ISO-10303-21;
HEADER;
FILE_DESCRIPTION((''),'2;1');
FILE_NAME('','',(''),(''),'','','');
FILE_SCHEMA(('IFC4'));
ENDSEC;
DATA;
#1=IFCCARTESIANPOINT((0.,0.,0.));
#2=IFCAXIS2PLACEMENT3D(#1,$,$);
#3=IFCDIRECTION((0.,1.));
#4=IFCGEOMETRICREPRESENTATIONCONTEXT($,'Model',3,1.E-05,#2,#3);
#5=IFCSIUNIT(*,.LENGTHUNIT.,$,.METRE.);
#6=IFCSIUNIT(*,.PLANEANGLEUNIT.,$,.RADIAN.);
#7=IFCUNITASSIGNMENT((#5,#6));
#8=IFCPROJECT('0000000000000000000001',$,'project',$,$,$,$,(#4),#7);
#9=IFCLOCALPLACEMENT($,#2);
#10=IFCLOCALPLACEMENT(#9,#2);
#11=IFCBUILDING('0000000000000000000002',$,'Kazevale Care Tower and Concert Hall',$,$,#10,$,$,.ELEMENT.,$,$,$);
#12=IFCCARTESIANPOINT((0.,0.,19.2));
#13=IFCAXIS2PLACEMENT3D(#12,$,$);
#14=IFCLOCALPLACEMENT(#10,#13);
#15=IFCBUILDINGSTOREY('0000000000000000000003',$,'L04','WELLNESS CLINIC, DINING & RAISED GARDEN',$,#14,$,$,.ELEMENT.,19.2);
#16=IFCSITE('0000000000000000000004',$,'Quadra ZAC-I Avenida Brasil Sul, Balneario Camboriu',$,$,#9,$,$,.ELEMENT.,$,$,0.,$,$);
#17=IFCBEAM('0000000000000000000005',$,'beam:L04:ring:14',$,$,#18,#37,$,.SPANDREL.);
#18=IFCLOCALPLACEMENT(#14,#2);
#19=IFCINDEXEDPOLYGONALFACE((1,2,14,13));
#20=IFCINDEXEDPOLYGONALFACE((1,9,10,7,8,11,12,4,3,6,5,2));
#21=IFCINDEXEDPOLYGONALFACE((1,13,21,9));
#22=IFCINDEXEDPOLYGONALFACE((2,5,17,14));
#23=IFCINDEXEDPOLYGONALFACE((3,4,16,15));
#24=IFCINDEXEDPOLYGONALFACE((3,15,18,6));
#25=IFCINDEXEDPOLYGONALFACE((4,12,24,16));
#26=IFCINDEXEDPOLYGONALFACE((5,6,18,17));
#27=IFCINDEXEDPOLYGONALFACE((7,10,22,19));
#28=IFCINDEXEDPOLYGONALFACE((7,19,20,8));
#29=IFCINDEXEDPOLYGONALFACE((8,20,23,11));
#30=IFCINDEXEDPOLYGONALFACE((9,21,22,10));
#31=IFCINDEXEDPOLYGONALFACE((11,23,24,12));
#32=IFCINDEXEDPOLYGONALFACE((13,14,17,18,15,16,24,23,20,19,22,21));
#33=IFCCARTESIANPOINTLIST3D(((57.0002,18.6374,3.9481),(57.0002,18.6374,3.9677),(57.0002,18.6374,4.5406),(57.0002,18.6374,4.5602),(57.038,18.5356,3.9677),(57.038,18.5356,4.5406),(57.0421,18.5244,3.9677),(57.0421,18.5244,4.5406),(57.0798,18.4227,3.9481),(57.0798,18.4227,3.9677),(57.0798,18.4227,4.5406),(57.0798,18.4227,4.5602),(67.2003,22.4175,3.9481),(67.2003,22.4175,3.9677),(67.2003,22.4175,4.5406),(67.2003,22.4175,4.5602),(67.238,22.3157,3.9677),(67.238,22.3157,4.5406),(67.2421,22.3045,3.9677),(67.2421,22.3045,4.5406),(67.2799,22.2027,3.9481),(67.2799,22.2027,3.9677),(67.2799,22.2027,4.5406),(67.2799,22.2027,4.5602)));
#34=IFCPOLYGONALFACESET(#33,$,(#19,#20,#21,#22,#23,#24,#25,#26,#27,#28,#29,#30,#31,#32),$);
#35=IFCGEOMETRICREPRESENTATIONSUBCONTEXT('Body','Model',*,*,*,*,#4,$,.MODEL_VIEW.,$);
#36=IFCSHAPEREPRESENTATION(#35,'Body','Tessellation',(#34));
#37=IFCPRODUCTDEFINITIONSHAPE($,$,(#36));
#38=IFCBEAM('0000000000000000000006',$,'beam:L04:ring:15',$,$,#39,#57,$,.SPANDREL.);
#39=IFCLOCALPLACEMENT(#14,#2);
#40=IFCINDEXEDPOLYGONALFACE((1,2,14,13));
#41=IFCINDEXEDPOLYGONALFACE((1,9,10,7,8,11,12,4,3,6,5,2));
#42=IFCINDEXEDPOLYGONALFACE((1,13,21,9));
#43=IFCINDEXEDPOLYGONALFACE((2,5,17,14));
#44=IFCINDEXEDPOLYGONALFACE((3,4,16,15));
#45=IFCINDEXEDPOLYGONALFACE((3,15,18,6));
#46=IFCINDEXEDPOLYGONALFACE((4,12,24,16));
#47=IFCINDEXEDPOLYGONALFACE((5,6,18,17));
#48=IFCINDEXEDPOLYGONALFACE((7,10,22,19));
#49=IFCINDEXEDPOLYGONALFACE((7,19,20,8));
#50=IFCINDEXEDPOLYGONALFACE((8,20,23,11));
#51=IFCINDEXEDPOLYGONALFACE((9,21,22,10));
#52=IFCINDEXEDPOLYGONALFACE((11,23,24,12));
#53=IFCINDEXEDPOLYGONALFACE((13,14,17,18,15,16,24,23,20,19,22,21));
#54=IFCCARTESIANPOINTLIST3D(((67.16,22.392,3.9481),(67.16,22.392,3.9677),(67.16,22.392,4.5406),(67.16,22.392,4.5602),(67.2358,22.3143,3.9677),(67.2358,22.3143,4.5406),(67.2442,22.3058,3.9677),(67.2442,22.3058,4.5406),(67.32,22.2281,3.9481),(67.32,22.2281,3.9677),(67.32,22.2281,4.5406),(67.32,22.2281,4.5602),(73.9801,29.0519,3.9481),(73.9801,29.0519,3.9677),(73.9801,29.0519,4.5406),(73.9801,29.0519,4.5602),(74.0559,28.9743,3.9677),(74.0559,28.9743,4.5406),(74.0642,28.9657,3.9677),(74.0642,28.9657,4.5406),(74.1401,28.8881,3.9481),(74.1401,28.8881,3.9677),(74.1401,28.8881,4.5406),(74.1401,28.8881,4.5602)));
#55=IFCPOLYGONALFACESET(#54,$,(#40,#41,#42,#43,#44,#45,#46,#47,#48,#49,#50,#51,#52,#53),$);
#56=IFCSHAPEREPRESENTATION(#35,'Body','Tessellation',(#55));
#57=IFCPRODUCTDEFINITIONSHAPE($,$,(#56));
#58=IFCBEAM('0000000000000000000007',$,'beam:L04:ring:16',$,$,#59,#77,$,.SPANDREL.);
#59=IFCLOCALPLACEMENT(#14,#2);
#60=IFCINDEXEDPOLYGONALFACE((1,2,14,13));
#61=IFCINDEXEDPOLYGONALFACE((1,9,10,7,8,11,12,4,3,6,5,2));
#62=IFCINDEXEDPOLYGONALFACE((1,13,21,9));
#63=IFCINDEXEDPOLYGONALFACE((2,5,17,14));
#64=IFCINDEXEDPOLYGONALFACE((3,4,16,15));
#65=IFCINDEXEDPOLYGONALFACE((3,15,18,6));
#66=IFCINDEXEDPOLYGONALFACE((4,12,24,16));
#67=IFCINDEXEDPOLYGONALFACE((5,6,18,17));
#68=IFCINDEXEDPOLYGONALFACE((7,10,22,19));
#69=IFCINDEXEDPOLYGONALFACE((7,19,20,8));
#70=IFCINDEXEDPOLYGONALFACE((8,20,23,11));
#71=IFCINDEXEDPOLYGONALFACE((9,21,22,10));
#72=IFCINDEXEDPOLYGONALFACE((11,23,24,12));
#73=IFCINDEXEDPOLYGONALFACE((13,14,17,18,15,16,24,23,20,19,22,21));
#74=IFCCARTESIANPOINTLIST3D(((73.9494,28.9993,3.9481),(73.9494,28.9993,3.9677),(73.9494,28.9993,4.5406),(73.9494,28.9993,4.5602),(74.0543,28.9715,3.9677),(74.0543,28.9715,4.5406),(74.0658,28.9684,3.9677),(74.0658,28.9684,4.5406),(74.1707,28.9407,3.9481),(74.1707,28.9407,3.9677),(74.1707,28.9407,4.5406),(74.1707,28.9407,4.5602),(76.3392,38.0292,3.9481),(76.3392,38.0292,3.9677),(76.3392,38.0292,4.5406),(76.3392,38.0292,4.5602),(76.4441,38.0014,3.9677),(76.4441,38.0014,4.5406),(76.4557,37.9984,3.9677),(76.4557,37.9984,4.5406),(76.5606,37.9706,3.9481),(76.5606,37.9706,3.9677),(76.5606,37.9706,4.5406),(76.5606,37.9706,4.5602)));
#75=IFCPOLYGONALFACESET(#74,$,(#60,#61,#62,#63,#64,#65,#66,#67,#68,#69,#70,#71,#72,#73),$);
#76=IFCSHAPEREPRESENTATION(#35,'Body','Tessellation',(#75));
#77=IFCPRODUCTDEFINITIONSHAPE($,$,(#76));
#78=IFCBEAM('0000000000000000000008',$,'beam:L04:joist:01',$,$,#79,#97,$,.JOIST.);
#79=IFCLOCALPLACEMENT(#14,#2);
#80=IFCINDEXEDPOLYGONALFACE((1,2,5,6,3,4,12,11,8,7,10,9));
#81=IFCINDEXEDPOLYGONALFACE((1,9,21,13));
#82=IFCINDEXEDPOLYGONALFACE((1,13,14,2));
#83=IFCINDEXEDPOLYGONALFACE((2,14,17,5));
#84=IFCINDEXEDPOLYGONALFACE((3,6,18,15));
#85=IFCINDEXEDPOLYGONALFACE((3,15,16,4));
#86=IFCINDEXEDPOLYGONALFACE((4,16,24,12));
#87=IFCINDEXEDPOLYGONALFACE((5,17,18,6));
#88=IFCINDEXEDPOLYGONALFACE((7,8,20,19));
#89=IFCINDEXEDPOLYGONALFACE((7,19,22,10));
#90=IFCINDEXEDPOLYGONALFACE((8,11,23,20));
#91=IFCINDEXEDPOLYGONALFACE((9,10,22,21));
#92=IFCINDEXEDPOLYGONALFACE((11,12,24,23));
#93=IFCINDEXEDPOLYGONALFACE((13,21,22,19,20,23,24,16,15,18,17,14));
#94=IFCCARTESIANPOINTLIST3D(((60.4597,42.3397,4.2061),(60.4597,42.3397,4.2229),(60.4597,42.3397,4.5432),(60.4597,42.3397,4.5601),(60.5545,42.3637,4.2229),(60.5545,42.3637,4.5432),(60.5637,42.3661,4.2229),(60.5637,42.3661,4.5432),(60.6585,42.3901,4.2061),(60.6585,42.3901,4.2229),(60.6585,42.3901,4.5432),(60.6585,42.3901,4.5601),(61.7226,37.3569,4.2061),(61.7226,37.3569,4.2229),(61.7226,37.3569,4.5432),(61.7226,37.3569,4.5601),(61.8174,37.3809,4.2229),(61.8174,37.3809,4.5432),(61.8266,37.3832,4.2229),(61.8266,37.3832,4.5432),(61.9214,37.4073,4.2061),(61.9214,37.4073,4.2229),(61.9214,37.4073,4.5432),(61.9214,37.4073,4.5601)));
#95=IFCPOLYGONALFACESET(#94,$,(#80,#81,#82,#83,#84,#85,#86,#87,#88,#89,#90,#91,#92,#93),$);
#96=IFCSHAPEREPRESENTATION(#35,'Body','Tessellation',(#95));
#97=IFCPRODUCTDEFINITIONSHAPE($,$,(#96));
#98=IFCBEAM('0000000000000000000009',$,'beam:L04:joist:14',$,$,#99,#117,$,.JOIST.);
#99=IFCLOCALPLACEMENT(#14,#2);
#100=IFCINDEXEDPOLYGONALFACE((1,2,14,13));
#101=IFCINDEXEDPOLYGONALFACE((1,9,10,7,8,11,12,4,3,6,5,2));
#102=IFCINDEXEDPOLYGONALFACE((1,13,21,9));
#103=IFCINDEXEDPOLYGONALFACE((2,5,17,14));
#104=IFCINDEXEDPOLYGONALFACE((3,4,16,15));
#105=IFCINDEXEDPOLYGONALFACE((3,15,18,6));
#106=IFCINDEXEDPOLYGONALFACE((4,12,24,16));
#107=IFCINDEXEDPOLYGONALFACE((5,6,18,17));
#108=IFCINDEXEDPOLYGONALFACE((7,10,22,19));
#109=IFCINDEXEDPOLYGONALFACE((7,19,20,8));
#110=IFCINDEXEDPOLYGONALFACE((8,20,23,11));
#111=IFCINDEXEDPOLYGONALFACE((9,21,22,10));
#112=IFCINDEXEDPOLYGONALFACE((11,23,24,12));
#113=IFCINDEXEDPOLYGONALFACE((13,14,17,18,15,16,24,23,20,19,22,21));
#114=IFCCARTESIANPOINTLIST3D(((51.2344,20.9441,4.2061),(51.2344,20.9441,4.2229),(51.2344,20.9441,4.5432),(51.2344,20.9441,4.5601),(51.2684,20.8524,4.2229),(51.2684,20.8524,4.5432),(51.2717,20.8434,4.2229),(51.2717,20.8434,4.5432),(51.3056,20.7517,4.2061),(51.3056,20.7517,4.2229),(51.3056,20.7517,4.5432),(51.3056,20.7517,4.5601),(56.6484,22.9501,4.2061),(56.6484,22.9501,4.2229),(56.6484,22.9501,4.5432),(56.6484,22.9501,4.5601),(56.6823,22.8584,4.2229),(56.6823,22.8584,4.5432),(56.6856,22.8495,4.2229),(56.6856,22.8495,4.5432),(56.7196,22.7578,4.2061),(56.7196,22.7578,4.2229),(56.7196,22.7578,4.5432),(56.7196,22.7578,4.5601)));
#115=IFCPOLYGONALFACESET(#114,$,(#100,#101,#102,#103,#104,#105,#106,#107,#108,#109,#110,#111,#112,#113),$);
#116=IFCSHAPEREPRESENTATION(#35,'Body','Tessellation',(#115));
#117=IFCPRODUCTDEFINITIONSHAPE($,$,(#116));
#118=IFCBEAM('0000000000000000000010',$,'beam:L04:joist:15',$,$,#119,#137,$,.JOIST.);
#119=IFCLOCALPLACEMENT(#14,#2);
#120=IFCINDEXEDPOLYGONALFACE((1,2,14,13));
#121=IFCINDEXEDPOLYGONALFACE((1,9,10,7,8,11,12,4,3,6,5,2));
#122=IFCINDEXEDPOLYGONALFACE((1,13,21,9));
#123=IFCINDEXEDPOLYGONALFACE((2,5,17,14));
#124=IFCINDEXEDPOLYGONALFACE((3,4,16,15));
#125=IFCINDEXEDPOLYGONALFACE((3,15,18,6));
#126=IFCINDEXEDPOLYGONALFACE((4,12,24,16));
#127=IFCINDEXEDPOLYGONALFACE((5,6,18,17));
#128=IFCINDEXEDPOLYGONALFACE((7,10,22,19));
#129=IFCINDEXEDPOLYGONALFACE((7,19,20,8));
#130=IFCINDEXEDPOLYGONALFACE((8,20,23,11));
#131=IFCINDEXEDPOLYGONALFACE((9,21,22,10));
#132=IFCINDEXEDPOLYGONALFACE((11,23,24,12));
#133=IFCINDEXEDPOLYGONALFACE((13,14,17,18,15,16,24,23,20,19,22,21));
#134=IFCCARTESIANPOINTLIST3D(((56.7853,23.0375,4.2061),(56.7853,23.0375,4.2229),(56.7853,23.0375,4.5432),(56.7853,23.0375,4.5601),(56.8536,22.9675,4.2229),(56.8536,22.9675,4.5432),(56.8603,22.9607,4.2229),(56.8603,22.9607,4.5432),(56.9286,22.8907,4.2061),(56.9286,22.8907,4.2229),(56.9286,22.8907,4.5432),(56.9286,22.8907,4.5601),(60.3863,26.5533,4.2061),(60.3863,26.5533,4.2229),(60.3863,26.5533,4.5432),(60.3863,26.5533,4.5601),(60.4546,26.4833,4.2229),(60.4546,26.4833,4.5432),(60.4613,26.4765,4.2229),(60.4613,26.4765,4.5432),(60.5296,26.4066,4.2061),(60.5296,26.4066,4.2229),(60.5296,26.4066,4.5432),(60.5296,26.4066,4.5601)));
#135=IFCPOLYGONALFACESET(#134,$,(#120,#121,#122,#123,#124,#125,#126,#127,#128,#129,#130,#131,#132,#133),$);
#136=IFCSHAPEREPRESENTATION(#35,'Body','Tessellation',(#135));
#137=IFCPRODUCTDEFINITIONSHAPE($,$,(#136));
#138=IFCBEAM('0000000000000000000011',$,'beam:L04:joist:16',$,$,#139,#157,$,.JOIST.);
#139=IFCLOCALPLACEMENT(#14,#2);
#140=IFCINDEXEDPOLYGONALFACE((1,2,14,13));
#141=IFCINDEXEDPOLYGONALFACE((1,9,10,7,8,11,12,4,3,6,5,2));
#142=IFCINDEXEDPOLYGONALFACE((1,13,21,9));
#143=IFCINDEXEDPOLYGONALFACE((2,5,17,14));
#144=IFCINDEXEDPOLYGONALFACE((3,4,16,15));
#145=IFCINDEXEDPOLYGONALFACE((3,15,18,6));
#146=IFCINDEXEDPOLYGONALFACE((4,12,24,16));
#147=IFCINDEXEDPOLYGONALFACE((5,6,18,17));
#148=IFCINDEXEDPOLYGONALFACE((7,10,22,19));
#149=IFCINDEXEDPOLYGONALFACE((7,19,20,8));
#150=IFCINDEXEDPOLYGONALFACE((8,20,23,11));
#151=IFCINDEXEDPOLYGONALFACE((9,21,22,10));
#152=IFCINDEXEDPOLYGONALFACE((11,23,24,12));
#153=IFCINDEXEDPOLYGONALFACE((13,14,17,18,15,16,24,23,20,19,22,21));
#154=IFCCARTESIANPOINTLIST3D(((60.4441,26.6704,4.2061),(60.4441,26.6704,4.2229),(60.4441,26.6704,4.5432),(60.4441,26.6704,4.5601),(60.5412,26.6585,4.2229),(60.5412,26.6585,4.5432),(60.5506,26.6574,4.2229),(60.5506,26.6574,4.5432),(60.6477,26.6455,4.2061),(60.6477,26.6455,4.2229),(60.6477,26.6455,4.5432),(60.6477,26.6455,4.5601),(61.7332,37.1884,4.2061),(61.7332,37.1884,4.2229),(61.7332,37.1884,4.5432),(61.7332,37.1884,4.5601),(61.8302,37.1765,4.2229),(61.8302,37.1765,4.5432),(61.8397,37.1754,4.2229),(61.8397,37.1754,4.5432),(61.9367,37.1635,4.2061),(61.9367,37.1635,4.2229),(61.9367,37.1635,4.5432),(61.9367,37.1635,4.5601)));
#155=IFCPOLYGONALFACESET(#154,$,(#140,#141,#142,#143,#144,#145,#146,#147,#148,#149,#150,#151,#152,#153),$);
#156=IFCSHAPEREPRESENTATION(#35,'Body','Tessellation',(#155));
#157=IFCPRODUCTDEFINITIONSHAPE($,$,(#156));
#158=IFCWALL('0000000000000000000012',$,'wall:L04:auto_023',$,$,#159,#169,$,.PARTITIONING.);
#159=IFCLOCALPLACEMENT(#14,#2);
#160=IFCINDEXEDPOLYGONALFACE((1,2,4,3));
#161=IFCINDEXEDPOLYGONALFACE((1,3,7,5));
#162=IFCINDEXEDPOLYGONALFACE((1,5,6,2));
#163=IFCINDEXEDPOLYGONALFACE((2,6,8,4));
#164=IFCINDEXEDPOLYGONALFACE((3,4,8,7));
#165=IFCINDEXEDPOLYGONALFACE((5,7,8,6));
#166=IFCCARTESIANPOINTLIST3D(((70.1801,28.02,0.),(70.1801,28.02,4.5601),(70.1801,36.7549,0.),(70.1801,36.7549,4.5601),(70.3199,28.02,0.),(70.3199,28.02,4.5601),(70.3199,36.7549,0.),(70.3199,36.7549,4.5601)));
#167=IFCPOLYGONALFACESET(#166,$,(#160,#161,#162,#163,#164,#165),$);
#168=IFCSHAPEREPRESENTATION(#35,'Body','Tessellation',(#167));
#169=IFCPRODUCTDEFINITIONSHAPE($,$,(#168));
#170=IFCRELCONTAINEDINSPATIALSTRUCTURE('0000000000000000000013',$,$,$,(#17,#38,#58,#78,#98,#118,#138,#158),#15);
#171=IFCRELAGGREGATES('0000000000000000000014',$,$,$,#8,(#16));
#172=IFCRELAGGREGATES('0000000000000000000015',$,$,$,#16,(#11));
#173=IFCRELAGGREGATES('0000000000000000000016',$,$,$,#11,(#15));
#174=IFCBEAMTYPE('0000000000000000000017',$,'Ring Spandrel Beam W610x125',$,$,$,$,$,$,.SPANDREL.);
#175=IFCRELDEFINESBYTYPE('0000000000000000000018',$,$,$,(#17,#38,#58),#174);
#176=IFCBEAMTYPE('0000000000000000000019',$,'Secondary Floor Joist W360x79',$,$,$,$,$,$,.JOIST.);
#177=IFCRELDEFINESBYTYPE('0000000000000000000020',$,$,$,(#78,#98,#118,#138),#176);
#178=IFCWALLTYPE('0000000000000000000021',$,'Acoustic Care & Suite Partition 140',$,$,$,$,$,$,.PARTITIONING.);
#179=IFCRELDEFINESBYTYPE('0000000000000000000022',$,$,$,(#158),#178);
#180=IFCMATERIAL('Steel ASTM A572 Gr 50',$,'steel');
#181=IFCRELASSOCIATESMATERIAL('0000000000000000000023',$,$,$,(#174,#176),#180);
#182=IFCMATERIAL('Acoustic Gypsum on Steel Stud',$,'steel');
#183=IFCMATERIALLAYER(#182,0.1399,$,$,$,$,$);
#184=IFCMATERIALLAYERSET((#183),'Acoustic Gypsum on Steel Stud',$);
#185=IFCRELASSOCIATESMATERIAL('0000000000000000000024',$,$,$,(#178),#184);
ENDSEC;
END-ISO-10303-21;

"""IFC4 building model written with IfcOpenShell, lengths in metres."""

from ifc_helpers import new_model, si_unit, direction, frame, frame_2d, origin, origin_2d, place, context, subcontext, project, spatial, rectangle, i_section, extrude, material, layer, layer_set, material_profile, profile_set, type_object, element, save


model = new_model("IFC4")

# Units and contexts
model_context = context("Model", 3, precision=1e-05, world=origin(), true_north=direction((0.0, 1.0)))
body_context = subcontext(model_context, "Body", "Model", "MODEL_VIEW")
ifc_project = project(units=[si_unit("LENGTHUNIT", "METRE"), si_unit("PLANEANGLEUNIT", "RADIAN")], contexts=[model_context])

# Site, building, storey
site_placement = place(None, origin())
site = spatial("IfcSite", under=ifc_project, at=site_placement, Name="Quadra ZAC-I Avenida Brasil Sul, Balneario Camboriu", CompositionType="ELEMENT", RefElevation=0.0)
building_placement = place(site_placement, origin())
building = spatial("IfcBuilding", under=site, at=building_placement, Name="Kazevale Care Tower and Concert Hall", CompositionType="ELEMENT")
storey_placement = place(building_placement, frame((0.0, 0.0, 19.2)))
storey = spatial("IfcBuildingStorey", under=building, at=storey_placement, Name="L04", Description="WELLNESS CLINIC, DINING & RAISED GARDEN", CompositionType="ELEMENT", Elevation=19.2)

# Beams
ifc_material_1 = material(Name="Steel ASTM A572 Gr 50", Category="steel")
ifc_material_profile_1 = material_profile(ifc_material_1, i_section(OverallWidth=0.229, OverallDepth=0.6121, WebThickness=0.012, FlangeThickness=0.0195, at=origin_2d()), Name="W610x125")
ifc_profile_set_1 = profile_set([ifc_material_profile_1], Name="Steel ASTM A572 Gr 50")
beam_type_1 = type_object("IfcBeamType", Name="Ring Spandrel Beam W610x125", PredefinedType="SPANDREL", material=ifc_profile_set_1)
beam_1_placement = place(storey_placement, frame((57.04, 18.53, 4.2542), z_axis=(0.937681, 0.347498, 0.0), x_axis=(-0.347498, 0.937681, 0.0)))
element("IfcBeam", 1, at=beam_1_placement, inside=storey, type_object=beam_type_1, Name="beam:L04:ring:14", PredefinedType="SPANDREL", context=body_context, shape_type="SweptSolid", body=[
    extrude(i_section(OverallWidth=0.229, OverallDepth=0.6121, WebThickness=0.012, FlangeThickness=0.0195, at=origin_2d()), origin(), (0.0, 0.0, 1.0), 10.8779),
])
beam_2_placement = place(storey_placement, frame((67.24, 22.3101, 4.2542), z_axis=(0.715457, 0.698656, 0.0), x_axis=(-0.698656, 0.715457, 0.0)))
element("IfcBeam", 2, at=beam_2_placement, inside=storey, type_object=beam_type_1, Name="beam:L04:ring:15", PredefinedType="SPANDREL", context=body_context, shape_type="SweptSolid", body=[
    extrude(i_section(OverallWidth=0.229, OverallDepth=0.6121, WebThickness=0.012, FlangeThickness=0.0195, at=origin_2d()), origin(), (0.0, 0.0, 1.0), 9.5325),
])
beam_3_placement = place(storey_placement, frame((74.0601, 28.97, 4.2542), z_axis=(0.255852, 0.966716, 0.0), x_axis=(-0.966716, 0.255852, 0.0)))
element("IfcBeam", 3, at=beam_3_placement, inside=storey, type_object=beam_type_1, Name="beam:L04:ring:16", PredefinedType="SPANDREL", context=body_context, shape_type="SweptSolid", body=[
    extrude(i_section(OverallWidth=0.229, OverallDepth=0.6121, WebThickness=0.012, FlangeThickness=0.0195, at=origin_2d()), origin(), (0.0, 0.0, 1.0), 9.3408),
])
ifc_material_profile_2 = material_profile(ifc_material_1, i_section(OverallWidth=0.2051, OverallDepth=0.354, WebThickness=0.0095, FlangeThickness=0.0168, at=origin_2d()), Name="W360x79")
ifc_profile_set_2 = profile_set([ifc_material_profile_2], Name="Steel ASTM A572 Gr 50")
beam_type_2 = type_object("IfcBeamType", Name="Secondary Floor Joist W360x79", PredefinedType="JOIST", material=ifc_profile_set_2)
beam_4_placement = place(storey_placement, frame((61.822, 37.3821, 4.3831), z_axis=(-0.245686, 0.96935, 0.0), x_axis=(-0.96935, -0.245686, 0.0)))
element("IfcBeam", 4, at=beam_4_placement, inside=storey, type_object=beam_type_2, Name="beam:L04:joist:01", PredefinedType="JOIST", context=body_context, shape_type="SweptSolid", body=[
    extrude(i_section(OverallWidth=0.2051, OverallDepth=0.354, WebThickness=0.0095, FlangeThickness=0.0168, at=origin_2d()), origin(), (0.0, 0.0, 1.0), 5.1404),
])
beam_5_placement = place(storey_placement, frame((51.27, 20.8479, 4.3831), z_axis=(0.937698, 0.347451, 0.0), x_axis=(-0.347451, 0.937698, 0.0)))
element("IfcBeam", 5, at=beam_5_placement, inside=storey, type_object=beam_type_2, Name="beam:L04:joist:14", PredefinedType="JOIST", context=body_context, shape_type="SweptSolid", body=[
    extrude(i_section(OverallWidth=0.2051, OverallDepth=0.354, WebThickness=0.0095, FlangeThickness=0.0168, at=origin_2d()), origin(), (0.0, 0.0, 1.0), 5.7737),
])
beam_6_placement = place(storey_placement, frame((56.8569, 22.9641, 4.3831), z_axis=(0.715521, 0.698591, 0.0), x_axis=(-0.698591, 0.715521, 0.0)))
element("IfcBeam", 6, at=beam_6_placement, inside=storey, type_object=beam_type_2, Name="beam:L04:joist:15", PredefinedType="JOIST", context=body_context, shape_type="SweptSolid", body=[
    extrude(i_section(OverallWidth=0.2051, OverallDepth=0.354, WebThickness=0.0095, FlangeThickness=0.0168, at=origin_2d()), origin(), (0.0, 0.0, 1.0), 5.0327),
])
beam_7_placement = place(storey_placement, frame((60.5459, 26.658, 4.3831), z_axis=(0.121647, 0.992573, 0.0), x_axis=(-0.992573, 0.121647, 0.0)))
element("IfcBeam", 7, at=beam_7_placement, inside=storey, type_object=beam_type_2, Name="beam:L04:joist:16", PredefinedType="JOIST", context=body_context, shape_type="SweptSolid", body=[
    extrude(i_section(OverallWidth=0.2051, OverallDepth=0.354, WebThickness=0.0095, FlangeThickness=0.0168, at=origin_2d()), origin(), (0.0, 0.0, 1.0), 10.5967),
])

# Wall
ifc_material_2 = material(Name="Acoustic Gypsum on Steel Stud", Category="steel")
ifc_layer_1 = layer(ifc_material_2, 0.1399)
ifc_layer_set_1 = layer_set([ifc_layer_1], Name="Acoustic Gypsum on Steel Stud")
wall_type_1 = type_object("IfcWallType", Name="Acoustic Care & Suite Partition 140", PredefinedType="PARTITIONING", material=ifc_layer_set_1)
wall_1_placement = place(storey_placement, frame((70.25, 36.7549, 0.0), z_axis=(0.0, 0.0, 1.0), x_axis=(0.0, -1.0, 0.0)))
element("IfcWall", 8, at=wall_1_placement, inside=storey, type_object=wall_type_1, Name="wall:L04:auto_023", PredefinedType="PARTITIONING", context=body_context, shape_type="SweptSolid", body=[
    extrude(rectangle(XDim=8.7349, YDim=0.1399, at=frame_2d((4.3674, 0.0))), origin(), (0.0, 0.0, 1.0), 4.5601),
])

save(model, "model.ifc")
